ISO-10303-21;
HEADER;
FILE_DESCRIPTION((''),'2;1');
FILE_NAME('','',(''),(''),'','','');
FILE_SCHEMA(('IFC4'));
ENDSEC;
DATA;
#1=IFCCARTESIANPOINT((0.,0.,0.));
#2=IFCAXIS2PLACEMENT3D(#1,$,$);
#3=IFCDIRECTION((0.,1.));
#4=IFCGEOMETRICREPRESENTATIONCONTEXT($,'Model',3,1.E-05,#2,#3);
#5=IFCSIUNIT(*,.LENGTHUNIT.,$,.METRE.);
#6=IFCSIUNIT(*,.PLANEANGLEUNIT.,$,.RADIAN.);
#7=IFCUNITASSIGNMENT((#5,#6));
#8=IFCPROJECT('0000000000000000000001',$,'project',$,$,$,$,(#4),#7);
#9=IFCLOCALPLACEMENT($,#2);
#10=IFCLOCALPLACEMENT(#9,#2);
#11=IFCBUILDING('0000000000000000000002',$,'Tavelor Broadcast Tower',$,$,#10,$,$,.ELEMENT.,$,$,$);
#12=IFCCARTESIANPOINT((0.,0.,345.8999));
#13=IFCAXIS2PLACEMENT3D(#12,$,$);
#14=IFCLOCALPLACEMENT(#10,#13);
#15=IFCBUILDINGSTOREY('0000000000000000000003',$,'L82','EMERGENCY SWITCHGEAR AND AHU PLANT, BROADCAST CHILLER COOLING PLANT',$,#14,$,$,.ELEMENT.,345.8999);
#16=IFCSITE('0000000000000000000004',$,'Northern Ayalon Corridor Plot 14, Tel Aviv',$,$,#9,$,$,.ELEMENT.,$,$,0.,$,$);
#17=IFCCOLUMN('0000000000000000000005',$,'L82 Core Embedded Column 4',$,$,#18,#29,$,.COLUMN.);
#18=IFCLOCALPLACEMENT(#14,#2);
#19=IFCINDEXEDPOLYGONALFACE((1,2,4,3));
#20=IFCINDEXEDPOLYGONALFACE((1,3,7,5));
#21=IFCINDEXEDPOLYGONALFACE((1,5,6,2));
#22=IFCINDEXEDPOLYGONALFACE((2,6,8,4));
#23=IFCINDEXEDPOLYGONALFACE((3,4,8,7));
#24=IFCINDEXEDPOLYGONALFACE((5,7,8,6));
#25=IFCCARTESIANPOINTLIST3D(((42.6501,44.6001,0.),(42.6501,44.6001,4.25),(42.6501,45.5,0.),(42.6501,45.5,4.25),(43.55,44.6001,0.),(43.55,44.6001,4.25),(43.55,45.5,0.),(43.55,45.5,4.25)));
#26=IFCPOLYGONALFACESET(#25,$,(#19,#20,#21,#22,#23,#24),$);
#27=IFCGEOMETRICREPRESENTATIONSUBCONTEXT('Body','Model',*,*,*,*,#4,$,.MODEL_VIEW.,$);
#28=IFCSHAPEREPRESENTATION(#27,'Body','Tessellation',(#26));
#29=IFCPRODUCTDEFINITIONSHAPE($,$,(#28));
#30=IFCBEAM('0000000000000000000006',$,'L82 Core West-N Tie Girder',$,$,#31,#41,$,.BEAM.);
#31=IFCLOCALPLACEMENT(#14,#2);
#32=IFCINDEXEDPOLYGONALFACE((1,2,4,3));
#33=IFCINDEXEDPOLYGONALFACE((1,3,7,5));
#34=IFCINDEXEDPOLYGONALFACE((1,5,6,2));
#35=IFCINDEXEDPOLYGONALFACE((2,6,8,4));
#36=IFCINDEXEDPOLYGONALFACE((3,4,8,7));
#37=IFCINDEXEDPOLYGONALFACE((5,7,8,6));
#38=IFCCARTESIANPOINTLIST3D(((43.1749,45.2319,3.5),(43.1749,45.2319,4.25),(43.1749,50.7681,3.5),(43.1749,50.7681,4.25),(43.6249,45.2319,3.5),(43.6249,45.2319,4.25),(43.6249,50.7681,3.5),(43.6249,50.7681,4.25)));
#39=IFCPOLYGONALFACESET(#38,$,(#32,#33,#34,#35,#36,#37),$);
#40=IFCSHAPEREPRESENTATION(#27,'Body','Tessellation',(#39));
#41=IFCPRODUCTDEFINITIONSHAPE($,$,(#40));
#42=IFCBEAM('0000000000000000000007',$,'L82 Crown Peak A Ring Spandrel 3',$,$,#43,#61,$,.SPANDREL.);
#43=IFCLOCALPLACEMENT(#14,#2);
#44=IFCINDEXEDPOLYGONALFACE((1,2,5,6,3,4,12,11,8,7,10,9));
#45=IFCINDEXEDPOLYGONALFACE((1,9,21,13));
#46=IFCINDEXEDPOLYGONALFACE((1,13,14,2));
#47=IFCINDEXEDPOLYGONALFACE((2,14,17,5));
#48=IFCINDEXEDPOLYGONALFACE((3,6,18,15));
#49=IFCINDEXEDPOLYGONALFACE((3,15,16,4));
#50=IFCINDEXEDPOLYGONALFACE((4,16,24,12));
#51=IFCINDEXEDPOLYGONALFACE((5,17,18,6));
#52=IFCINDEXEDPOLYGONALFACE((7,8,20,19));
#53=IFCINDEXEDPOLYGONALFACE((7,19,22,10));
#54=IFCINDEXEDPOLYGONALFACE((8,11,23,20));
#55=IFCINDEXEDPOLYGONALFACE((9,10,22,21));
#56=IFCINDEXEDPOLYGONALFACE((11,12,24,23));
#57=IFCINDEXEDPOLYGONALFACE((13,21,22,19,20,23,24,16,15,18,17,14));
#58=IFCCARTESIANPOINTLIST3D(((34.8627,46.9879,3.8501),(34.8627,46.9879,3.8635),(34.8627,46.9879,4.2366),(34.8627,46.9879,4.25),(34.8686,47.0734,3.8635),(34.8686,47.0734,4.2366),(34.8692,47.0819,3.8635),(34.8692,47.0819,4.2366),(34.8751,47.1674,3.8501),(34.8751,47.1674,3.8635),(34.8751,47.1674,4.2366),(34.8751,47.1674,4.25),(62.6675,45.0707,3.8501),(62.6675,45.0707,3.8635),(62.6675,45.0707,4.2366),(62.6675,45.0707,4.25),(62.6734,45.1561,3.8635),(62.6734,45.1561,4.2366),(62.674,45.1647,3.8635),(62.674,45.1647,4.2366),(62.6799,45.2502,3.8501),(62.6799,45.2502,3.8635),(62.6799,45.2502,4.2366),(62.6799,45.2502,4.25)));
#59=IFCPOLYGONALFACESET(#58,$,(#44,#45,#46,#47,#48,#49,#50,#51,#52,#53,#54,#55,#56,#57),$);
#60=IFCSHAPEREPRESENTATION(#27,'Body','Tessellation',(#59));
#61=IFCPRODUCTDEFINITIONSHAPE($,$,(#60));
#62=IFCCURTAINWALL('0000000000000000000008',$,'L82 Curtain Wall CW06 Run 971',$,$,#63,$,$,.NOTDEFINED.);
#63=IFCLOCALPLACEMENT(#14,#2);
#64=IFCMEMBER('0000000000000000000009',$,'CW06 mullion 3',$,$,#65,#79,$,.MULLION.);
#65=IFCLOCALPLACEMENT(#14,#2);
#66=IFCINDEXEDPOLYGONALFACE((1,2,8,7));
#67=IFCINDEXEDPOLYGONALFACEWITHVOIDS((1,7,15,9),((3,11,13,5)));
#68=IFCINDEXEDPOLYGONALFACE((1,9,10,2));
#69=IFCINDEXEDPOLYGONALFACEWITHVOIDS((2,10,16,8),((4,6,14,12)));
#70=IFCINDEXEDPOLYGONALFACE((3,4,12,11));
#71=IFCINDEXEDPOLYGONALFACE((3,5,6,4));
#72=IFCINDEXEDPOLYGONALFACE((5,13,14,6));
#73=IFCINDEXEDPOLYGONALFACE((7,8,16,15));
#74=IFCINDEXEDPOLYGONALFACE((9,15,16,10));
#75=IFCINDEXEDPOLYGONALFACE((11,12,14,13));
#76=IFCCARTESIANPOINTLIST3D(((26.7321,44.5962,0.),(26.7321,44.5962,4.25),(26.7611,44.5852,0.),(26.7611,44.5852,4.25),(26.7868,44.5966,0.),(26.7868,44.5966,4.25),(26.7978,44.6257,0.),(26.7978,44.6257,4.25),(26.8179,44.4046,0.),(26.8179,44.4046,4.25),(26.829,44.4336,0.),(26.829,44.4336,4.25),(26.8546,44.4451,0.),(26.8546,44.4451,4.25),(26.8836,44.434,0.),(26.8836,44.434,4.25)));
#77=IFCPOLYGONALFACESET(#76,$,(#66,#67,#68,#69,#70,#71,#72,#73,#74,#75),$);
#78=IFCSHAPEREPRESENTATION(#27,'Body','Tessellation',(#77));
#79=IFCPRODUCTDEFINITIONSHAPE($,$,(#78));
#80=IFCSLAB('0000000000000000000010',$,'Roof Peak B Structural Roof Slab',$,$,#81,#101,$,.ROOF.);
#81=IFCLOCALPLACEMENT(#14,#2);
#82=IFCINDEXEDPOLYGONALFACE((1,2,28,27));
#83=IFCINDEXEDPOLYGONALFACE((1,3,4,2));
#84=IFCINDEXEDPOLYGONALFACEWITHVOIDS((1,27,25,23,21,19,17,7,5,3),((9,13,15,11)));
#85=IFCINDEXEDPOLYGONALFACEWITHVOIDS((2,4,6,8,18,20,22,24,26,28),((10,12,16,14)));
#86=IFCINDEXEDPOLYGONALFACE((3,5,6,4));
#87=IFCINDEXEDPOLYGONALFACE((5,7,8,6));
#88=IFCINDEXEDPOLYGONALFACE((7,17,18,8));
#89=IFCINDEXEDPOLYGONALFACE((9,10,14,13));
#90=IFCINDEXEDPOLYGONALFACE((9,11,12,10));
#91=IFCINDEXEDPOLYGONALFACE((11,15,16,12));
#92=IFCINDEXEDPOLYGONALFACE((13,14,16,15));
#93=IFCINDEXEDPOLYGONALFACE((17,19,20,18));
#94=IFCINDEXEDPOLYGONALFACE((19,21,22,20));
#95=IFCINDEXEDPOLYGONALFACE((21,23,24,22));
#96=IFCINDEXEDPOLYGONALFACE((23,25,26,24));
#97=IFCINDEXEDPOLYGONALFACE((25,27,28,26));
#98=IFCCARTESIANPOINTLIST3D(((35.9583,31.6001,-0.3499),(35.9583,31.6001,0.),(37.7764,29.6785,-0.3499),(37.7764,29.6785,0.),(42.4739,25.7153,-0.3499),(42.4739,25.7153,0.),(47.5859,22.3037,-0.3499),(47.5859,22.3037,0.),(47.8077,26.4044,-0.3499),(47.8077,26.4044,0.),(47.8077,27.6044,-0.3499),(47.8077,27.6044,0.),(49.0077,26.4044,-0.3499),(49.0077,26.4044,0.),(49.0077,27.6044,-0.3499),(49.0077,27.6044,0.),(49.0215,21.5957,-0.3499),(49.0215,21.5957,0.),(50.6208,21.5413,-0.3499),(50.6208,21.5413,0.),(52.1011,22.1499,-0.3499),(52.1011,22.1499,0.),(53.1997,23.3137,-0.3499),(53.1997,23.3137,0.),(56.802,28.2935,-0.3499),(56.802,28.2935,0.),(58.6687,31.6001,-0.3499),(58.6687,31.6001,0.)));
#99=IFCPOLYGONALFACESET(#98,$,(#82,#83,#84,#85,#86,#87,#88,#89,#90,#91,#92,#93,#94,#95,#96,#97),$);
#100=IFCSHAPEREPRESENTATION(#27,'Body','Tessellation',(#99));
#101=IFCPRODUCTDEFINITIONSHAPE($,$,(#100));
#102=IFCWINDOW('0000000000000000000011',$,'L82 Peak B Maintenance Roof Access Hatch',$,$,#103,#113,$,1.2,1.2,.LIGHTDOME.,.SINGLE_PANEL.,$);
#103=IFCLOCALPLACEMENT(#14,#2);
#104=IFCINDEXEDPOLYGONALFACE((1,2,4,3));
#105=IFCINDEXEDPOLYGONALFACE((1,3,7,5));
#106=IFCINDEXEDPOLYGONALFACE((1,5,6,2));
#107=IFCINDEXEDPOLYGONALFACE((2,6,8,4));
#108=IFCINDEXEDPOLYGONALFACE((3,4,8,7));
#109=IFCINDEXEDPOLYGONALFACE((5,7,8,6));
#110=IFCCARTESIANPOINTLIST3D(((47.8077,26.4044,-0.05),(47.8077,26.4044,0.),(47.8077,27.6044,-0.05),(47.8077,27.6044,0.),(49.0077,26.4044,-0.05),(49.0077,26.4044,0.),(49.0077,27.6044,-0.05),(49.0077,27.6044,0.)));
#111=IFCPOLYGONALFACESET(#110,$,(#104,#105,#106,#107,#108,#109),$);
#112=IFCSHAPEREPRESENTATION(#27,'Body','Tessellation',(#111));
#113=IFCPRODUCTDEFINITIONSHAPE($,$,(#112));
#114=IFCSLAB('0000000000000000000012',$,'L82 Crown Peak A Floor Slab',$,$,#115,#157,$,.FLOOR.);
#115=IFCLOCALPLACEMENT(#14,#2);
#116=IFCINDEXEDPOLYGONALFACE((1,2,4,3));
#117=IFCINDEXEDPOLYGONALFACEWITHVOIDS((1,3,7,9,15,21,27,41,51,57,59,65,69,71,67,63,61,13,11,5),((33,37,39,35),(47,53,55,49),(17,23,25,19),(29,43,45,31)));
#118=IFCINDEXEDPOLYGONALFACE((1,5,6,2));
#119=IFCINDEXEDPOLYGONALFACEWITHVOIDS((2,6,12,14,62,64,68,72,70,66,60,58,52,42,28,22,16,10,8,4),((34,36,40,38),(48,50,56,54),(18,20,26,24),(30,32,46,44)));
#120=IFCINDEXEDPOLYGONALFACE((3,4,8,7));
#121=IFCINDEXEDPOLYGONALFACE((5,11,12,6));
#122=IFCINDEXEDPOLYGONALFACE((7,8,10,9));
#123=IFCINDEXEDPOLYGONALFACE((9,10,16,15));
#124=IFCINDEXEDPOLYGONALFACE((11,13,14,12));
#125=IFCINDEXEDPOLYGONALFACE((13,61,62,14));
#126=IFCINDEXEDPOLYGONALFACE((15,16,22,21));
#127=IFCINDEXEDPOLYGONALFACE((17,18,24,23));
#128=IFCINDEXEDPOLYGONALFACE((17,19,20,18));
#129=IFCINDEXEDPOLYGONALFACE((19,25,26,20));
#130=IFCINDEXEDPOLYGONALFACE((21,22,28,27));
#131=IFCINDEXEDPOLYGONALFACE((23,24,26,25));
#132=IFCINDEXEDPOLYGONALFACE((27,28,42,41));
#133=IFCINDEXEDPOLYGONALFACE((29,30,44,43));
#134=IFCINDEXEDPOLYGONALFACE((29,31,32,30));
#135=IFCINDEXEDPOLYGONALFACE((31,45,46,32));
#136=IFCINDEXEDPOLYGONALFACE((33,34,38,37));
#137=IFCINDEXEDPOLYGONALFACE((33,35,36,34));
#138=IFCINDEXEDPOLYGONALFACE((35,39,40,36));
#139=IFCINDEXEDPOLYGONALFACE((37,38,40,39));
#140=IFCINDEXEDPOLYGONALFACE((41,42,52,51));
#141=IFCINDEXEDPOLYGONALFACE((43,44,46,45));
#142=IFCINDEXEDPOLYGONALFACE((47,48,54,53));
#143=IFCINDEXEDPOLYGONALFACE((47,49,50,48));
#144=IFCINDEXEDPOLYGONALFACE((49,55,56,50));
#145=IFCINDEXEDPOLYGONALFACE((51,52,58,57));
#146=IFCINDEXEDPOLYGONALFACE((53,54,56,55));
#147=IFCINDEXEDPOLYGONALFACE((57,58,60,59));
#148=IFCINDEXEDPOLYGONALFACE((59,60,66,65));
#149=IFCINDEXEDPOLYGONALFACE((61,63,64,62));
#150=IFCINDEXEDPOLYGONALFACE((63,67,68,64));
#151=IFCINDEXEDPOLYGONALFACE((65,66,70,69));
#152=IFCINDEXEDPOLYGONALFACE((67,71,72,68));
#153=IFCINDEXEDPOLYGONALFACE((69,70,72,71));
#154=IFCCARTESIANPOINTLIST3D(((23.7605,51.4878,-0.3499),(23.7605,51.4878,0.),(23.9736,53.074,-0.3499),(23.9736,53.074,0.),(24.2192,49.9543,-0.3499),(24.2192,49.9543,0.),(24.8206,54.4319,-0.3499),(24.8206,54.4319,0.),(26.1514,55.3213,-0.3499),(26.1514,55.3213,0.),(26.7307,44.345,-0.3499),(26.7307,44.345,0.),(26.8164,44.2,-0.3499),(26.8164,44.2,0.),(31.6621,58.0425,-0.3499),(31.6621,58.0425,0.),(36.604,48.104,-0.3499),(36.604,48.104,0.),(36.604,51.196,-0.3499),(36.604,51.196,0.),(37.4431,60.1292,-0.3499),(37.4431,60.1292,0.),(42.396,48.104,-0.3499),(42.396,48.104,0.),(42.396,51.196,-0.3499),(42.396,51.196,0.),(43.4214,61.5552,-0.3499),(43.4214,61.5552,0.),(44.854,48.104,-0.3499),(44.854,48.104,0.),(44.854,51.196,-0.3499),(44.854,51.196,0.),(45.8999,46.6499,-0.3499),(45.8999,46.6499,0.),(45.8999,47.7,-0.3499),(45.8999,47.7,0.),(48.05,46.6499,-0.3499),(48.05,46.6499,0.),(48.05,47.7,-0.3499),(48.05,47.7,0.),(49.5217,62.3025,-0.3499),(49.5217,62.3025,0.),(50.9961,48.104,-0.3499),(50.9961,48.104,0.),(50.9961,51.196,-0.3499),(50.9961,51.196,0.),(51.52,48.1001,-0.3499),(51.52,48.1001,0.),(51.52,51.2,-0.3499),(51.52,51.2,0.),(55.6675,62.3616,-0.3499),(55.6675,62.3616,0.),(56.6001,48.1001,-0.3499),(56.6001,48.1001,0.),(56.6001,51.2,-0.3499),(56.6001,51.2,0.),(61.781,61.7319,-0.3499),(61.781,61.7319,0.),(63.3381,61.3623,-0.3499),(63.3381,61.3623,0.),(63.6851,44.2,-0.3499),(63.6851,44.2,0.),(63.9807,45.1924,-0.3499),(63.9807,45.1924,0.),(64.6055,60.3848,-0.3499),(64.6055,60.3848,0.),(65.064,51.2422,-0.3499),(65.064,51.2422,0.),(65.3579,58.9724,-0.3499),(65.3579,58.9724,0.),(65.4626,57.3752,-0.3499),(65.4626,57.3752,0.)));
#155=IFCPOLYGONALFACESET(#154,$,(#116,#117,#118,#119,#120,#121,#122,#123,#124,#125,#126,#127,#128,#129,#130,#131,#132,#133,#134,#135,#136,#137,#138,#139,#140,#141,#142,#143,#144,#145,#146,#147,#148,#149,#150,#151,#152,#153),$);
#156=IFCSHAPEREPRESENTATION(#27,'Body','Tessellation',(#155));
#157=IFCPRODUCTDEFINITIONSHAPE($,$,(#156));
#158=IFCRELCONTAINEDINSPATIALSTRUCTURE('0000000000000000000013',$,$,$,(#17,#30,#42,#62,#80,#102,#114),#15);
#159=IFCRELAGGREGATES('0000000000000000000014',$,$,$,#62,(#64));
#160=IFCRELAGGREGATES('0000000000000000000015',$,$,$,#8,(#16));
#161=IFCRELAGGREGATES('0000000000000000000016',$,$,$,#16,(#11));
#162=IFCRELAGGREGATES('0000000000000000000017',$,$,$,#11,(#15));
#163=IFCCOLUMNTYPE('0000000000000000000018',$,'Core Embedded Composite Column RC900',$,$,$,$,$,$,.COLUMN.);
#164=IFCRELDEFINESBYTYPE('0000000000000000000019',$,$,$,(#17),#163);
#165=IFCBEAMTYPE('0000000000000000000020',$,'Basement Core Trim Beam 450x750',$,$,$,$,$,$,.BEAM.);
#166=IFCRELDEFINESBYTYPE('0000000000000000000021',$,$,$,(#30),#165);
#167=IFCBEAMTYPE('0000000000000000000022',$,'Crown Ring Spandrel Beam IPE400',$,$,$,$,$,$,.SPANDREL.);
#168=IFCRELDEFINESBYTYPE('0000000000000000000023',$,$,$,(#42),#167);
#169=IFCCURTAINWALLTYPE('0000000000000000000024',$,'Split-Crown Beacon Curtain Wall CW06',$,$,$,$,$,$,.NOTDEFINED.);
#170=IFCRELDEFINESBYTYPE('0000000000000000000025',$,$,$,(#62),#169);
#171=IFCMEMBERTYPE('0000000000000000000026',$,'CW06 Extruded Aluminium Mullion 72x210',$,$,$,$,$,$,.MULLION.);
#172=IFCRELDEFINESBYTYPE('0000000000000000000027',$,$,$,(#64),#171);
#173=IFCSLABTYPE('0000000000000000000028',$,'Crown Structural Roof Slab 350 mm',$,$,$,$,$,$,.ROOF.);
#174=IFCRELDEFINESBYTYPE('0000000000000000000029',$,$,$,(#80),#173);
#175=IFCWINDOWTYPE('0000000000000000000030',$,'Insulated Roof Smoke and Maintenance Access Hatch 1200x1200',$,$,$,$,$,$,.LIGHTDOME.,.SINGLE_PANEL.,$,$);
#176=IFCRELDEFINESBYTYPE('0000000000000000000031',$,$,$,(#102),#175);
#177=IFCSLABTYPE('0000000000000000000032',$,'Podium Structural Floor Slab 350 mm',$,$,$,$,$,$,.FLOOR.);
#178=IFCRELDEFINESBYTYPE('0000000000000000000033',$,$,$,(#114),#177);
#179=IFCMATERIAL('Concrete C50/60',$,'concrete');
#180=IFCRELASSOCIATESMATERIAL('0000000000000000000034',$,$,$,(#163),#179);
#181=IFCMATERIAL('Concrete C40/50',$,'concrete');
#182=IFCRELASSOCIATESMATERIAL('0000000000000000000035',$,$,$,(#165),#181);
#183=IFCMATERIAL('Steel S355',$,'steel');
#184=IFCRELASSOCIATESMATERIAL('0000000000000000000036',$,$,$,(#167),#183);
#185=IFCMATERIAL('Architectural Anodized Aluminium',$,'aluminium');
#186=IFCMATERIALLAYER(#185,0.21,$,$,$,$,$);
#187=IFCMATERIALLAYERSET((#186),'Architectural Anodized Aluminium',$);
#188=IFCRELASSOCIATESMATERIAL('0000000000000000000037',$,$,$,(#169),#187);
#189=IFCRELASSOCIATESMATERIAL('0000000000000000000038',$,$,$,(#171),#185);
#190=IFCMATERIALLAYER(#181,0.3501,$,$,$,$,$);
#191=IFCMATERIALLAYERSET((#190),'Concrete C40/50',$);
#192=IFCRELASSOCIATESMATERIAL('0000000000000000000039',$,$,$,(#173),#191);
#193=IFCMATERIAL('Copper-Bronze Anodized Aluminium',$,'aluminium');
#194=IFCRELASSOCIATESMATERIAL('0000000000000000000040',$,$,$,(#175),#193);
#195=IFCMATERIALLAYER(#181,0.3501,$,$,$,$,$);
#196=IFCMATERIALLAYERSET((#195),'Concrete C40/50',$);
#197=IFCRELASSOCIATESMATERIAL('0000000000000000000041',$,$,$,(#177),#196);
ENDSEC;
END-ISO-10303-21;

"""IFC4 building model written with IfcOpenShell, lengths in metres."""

from ifc_helpers import new_model, si_unit, direction, frame, origin, origin_2d, place, context, subcontext, project, spatial, polyline, rectangle, hollow_rectangle, i_section, outline, extrude, source, transform, mapped, material, layer, layer_set, material_profile, profile_set, type_object, type_shapes, element, fill, aggregate, save


model = new_model("IFC4")

# Units and contexts
model_context = context("Model", 3, precision=1e-05, world=origin(), true_north=direction((0.0, 1.0)))
body_context = subcontext(model_context, "Body", "Model", "MODEL_VIEW")
ifc_project = project(units=[si_unit("LENGTHUNIT", "METRE"), si_unit("PLANEANGLEUNIT", "RADIAN")], contexts=[model_context])

# Site, building, storey
site_placement = place(None, origin())
site = spatial("IfcSite", under=ifc_project, at=site_placement, Name="Northern Ayalon Corridor Plot 14, Tel Aviv", CompositionType="ELEMENT", RefElevation=0.0)
building_placement = place(site_placement, origin())
building = spatial("IfcBuilding", under=site, at=building_placement, Name="Tavelor Broadcast Tower", CompositionType="ELEMENT")
storey_placement = place(building_placement, frame((0.0, 0.0, 345.8999)))
storey = spatial("IfcBuildingStorey", under=building, at=storey_placement, Name="L82", Description="EMERGENCY SWITCHGEAR AND AHU PLANT, BROADCAST CHILLER COOLING PLANT", CompositionType="ELEMENT", Elevation=345.8999)

# Column
ifc_material_1 = material(Name="Concrete C50/60", Category="concrete")
ifc_material_profile_1 = material_profile(ifc_material_1, rectangle(XDim=0.8999, YDim=0.8999, at=origin_2d()), Name="RC 900x900")
ifc_profile_set_1 = profile_set([ifc_material_profile_1], Name="Concrete C50/60")
column_type = type_object("IfcColumnType", Name="Core Embedded Composite Column RC900", PredefinedType="COLUMN", material=ifc_profile_set_1)
column_placement = place(storey_placement, frame((43.1001, 45.05, 0.0), z_axis=(0.0, 0.0, 1.0), x_axis=(1.0, 0.0, 0.0)))
element("IfcColumn", 1, at=column_placement, inside=storey, type_object=column_type, Name="L82 Core Embedded Column 4", PredefinedType="COLUMN", context=body_context, shape_type="SweptSolid", body=[
    extrude(rectangle(XDim=0.8999, YDim=0.8999, at=origin_2d()), origin(), (0.0, 0.0, 1.0), 4.25),
])

# Beams
ifc_material_2 = material(Name="Concrete C40/50", Category="concrete")
ifc_material_profile_2 = material_profile(ifc_material_2, rectangle(XDim=0.45, YDim=0.75, at=origin_2d()), Name="RC 450x750")
ifc_profile_set_2 = profile_set([ifc_material_profile_2], Name="Concrete C40/50")
beam_type_1 = type_object("IfcBeamType", Name="Basement Core Trim Beam 450x750", PredefinedType="BEAM", material=ifc_profile_set_2)
beam_1_placement = place(storey_placement, frame((43.3999, 45.2319, 3.875), z_axis=(0.0, 1.0, 0.0), x_axis=(-1.0, 0.0, 0.0)))
element("IfcBeam", 2, at=beam_1_placement, inside=storey, type_object=beam_type_1, Name="L82 Core West-N Tie Girder", PredefinedType="BEAM", context=body_context, shape_type="SweptSolid", body=[
    extrude(rectangle(XDim=0.45, YDim=0.75, at=origin_2d()), origin(), (0.0, 0.0, 1.0), 5.5361),
])
ifc_material_3 = material(Name="Steel S355", Category="steel")
ifc_material_profile_3 = material_profile(ifc_material_3, i_section(OverallWidth=0.1799, OverallDepth=0.3999, WebThickness=0.0085, FlangeThickness=0.0134, at=origin_2d()), Name="IPE 400")
ifc_profile_set_3 = profile_set([ifc_material_profile_3], Name="Steel S355")
beam_type_2 = type_object("IfcBeamType", Name="Crown Ring Spandrel Beam IPE400", PredefinedType="SPANDREL", material=ifc_profile_set_3)
beam_2_placement = place(storey_placement, frame((34.8689, 47.0776, 4.05), z_axis=(0.997631, -0.06879, 0.0), x_axis=(0.06879, 0.997631, 0.0)))
element("IfcBeam", 3, at=beam_2_placement, inside=storey, type_object=beam_type_2, Name="L82 Crown Peak A Ring Spandrel 3", PredefinedType="SPANDREL", context=body_context, shape_type="SweptSolid", body=[
    extrude(i_section(OverallWidth=0.1799, OverallDepth=0.3999, WebThickness=0.0085, FlangeThickness=0.0134, at=origin_2d()), origin(), (0.0, 0.0, 1.0), 27.8708),
])

# Curtain wall, member
ifc_material_4 = material(Name="Architectural Anodized Aluminium", Category="aluminium")
ifc_layer_1 = layer(ifc_material_4, 0.21)
ifc_layer_set_1 = layer_set([ifc_layer_1], Name="Architectural Anodized Aluminium")
curtain_wall_type = type_object("IfcCurtainWallType", Name="Split-Crown Beacon Curtain Wall CW06", PredefinedType="NOTDEFINED", material=ifc_layer_set_1)
curtain_wall_placement = place(storey_placement, origin())
curtain_wall = element("IfcCurtainWall", 4, at=curtain_wall_placement, inside=storey, type_object=curtain_wall_type, Name="L82 Curtain Wall CW06 Run 971", PredefinedType="NOTDEFINED")
ifc_material_profile_4 = material_profile(ifc_material_4, hollow_rectangle(XDim=0.072, YDim=0.21, WallThickness=0.022, at=origin_2d()), Name="RHS 72x210x22")
ifc_profile_set_4 = profile_set([ifc_material_profile_4], Name="Architectural Anodized Aluminium")
member_type = type_object("IfcMemberType", Name="CW06 Extruded Aluminium Mullion 72x210", PredefinedType="MULLION", material=ifc_profile_set_4)
shared_shape_1 = source(origin(), body_context, "Body", "SweptSolid", [
    extrude(hollow_rectangle(XDim=0.072, YDim=0.21, WallThickness=0.022, at=origin_2d()), origin(), (0.0, 0.0, 1.0), 4.25),
])
type_shapes(member_type, [shared_shape_1])
member_placement = place(storey_placement, frame((26.8079, 44.5151, 0.0), z_axis=(0.0, 0.0, 1.0), x_axis=(0.912691, 0.408649, 0.0)))
member = element("IfcMember", 5, at=member_placement, type_object=member_type, Name="CW06 mullion 3", PredefinedType="MULLION", context=body_context, shape_type="MappedRepresentation", body=[
    mapped(shared_shape_1, transform((0.0, 0.0, 0.0), scale=1.0)),
])

# Slab, opening, window
ifc_layer_2 = layer(ifc_material_2, 0.3501)
ifc_layer_set_2 = layer_set([ifc_layer_2], Name="Concrete C40/50")
slab_type_1 = type_object("IfcSlabType", Name="Crown Structural Roof Slab 350 mm", PredefinedType="ROOF", material=ifc_layer_set_2)
slab_1_placement = place(storey_placement, frame((0.0, 0.0, -0.3499)))
slab_1 = element("IfcSlab", 6, at=slab_1_placement, inside=storey, type_object=slab_type_1, Name="Roof Peak B Structural Roof Slab", PredefinedType="ROOF", context=body_context, shape_type="SweptSolid", body=[
    extrude(outline(polyline([(58.6687, 31.6001), (35.9583, 31.6001), (37.7764, 29.6785), (42.4739, 25.7153), (47.5859, 22.3037), (49.0215, 21.5957), (50.6208, 21.5413), (52.1011, 22.1499), (53.1997, 23.3137), (56.802, 28.2935), (58.6687, 31.6001)])), origin(), (0.0, 0.0, 1.0), 0.3499),
])
opening_1_placement = place(slab_1_placement, frame((48.4077, 27.0044, 0.0)))
opening_1 = element("IfcOpeningElement", 7, at=opening_1_placement, cuts=slab_1, PredefinedType="OPENING", context=body_context, shape_type="SweptSolid", body=[
    extrude(rectangle(XDim=1.2, YDim=1.2, at=origin_2d()), frame((0.0, 0.0, -0.01)), (0.0, 0.0, 1.0), 0.3699),
])
ifc_material_5 = material(Name="Copper-Bronze Anodized Aluminium", Category="aluminium")
window_type_1 = type_object("IfcWindowType", Name="Insulated Roof Smoke and Maintenance Access Hatch 1200x1200", PartitioningType="SINGLE_PANEL", PredefinedType="LIGHTDOME", material=ifc_material_5)
window_1_placement = place(opening_1_placement, frame((0.0, 0.0, 0.2998)))
window_1 = element("IfcWindow", 8, at=window_1_placement, inside=storey, type_object=window_type_1, Name="L82 Peak B Maintenance Roof Access Hatch", OverallHeight=1.2, OverallWidth=1.2, PartitioningType="SINGLE_PANEL", PredefinedType="LIGHTDOME", context=body_context, shape_type="SweptSolid", body=[
    extrude(rectangle(XDim=1.2, YDim=1.2, at=origin_2d()), origin(), (0.0, 0.0, 1.0), 0.05),
])
fill(opening_1, window_1)

# Slab
ifc_layer_3 = layer(ifc_material_2, 0.3501)
ifc_layer_set_3 = layer_set([ifc_layer_3], Name="Concrete C40/50")
slab_type_2 = type_object("IfcSlabType", Name="Podium Structural Floor Slab 350 mm", PredefinedType="FLOOR", material=ifc_layer_set_3)
slab_2_placement = place(storey_placement, frame((0.0, 0.0, -0.3499)))
element("IfcSlab", 9, at=slab_2_placement, inside=storey, type_object=slab_type_2, Name="L82 Crown Peak A Floor Slab", PredefinedType="FLOOR", context=body_context, shape_type="SweptSolid", body=[
    extrude(outline(polyline([(26.8164, 44.2), (63.6851, 44.2), (63.9807, 45.1924), (65.064, 51.2422), (65.4626, 57.3752), (65.3579, 58.9724), (64.6055, 60.3848), (63.3381, 61.3623), (61.781, 61.7319), (55.6675, 62.3616), (49.5217, 62.3025), (43.4214, 61.5552), (37.4431, 60.1292), (31.6621, 58.0425), (26.1514, 55.3213), (24.8206, 54.4319), (23.9736, 53.074), (23.7605, 51.4878), (24.2192, 49.9543), (26.7307, 44.345), (26.8164, 44.2)]), holes=[polyline([(48.05, 47.7), (48.05, 46.6499), (45.8999, 46.6499), (45.8999, 47.7), (48.05, 47.7)]), polyline([(42.396, 51.196), (42.396, 48.104), (36.604, 48.104), (36.604, 51.196), (42.396, 51.196)]), polyline([(50.9961, 51.196), (50.9961, 48.104), (44.854, 48.104), (44.854, 51.196), (50.9961, 51.196)]), polyline([(56.6001, 51.2), (56.6001, 48.1001), (51.52, 48.1001), (51.52, 51.2), (56.6001, 51.2)])]), origin(), (0.0, 0.0, 1.0), 0.3499),
])

aggregate(curtain_wall, [member])

save(model, "model.ifc")
